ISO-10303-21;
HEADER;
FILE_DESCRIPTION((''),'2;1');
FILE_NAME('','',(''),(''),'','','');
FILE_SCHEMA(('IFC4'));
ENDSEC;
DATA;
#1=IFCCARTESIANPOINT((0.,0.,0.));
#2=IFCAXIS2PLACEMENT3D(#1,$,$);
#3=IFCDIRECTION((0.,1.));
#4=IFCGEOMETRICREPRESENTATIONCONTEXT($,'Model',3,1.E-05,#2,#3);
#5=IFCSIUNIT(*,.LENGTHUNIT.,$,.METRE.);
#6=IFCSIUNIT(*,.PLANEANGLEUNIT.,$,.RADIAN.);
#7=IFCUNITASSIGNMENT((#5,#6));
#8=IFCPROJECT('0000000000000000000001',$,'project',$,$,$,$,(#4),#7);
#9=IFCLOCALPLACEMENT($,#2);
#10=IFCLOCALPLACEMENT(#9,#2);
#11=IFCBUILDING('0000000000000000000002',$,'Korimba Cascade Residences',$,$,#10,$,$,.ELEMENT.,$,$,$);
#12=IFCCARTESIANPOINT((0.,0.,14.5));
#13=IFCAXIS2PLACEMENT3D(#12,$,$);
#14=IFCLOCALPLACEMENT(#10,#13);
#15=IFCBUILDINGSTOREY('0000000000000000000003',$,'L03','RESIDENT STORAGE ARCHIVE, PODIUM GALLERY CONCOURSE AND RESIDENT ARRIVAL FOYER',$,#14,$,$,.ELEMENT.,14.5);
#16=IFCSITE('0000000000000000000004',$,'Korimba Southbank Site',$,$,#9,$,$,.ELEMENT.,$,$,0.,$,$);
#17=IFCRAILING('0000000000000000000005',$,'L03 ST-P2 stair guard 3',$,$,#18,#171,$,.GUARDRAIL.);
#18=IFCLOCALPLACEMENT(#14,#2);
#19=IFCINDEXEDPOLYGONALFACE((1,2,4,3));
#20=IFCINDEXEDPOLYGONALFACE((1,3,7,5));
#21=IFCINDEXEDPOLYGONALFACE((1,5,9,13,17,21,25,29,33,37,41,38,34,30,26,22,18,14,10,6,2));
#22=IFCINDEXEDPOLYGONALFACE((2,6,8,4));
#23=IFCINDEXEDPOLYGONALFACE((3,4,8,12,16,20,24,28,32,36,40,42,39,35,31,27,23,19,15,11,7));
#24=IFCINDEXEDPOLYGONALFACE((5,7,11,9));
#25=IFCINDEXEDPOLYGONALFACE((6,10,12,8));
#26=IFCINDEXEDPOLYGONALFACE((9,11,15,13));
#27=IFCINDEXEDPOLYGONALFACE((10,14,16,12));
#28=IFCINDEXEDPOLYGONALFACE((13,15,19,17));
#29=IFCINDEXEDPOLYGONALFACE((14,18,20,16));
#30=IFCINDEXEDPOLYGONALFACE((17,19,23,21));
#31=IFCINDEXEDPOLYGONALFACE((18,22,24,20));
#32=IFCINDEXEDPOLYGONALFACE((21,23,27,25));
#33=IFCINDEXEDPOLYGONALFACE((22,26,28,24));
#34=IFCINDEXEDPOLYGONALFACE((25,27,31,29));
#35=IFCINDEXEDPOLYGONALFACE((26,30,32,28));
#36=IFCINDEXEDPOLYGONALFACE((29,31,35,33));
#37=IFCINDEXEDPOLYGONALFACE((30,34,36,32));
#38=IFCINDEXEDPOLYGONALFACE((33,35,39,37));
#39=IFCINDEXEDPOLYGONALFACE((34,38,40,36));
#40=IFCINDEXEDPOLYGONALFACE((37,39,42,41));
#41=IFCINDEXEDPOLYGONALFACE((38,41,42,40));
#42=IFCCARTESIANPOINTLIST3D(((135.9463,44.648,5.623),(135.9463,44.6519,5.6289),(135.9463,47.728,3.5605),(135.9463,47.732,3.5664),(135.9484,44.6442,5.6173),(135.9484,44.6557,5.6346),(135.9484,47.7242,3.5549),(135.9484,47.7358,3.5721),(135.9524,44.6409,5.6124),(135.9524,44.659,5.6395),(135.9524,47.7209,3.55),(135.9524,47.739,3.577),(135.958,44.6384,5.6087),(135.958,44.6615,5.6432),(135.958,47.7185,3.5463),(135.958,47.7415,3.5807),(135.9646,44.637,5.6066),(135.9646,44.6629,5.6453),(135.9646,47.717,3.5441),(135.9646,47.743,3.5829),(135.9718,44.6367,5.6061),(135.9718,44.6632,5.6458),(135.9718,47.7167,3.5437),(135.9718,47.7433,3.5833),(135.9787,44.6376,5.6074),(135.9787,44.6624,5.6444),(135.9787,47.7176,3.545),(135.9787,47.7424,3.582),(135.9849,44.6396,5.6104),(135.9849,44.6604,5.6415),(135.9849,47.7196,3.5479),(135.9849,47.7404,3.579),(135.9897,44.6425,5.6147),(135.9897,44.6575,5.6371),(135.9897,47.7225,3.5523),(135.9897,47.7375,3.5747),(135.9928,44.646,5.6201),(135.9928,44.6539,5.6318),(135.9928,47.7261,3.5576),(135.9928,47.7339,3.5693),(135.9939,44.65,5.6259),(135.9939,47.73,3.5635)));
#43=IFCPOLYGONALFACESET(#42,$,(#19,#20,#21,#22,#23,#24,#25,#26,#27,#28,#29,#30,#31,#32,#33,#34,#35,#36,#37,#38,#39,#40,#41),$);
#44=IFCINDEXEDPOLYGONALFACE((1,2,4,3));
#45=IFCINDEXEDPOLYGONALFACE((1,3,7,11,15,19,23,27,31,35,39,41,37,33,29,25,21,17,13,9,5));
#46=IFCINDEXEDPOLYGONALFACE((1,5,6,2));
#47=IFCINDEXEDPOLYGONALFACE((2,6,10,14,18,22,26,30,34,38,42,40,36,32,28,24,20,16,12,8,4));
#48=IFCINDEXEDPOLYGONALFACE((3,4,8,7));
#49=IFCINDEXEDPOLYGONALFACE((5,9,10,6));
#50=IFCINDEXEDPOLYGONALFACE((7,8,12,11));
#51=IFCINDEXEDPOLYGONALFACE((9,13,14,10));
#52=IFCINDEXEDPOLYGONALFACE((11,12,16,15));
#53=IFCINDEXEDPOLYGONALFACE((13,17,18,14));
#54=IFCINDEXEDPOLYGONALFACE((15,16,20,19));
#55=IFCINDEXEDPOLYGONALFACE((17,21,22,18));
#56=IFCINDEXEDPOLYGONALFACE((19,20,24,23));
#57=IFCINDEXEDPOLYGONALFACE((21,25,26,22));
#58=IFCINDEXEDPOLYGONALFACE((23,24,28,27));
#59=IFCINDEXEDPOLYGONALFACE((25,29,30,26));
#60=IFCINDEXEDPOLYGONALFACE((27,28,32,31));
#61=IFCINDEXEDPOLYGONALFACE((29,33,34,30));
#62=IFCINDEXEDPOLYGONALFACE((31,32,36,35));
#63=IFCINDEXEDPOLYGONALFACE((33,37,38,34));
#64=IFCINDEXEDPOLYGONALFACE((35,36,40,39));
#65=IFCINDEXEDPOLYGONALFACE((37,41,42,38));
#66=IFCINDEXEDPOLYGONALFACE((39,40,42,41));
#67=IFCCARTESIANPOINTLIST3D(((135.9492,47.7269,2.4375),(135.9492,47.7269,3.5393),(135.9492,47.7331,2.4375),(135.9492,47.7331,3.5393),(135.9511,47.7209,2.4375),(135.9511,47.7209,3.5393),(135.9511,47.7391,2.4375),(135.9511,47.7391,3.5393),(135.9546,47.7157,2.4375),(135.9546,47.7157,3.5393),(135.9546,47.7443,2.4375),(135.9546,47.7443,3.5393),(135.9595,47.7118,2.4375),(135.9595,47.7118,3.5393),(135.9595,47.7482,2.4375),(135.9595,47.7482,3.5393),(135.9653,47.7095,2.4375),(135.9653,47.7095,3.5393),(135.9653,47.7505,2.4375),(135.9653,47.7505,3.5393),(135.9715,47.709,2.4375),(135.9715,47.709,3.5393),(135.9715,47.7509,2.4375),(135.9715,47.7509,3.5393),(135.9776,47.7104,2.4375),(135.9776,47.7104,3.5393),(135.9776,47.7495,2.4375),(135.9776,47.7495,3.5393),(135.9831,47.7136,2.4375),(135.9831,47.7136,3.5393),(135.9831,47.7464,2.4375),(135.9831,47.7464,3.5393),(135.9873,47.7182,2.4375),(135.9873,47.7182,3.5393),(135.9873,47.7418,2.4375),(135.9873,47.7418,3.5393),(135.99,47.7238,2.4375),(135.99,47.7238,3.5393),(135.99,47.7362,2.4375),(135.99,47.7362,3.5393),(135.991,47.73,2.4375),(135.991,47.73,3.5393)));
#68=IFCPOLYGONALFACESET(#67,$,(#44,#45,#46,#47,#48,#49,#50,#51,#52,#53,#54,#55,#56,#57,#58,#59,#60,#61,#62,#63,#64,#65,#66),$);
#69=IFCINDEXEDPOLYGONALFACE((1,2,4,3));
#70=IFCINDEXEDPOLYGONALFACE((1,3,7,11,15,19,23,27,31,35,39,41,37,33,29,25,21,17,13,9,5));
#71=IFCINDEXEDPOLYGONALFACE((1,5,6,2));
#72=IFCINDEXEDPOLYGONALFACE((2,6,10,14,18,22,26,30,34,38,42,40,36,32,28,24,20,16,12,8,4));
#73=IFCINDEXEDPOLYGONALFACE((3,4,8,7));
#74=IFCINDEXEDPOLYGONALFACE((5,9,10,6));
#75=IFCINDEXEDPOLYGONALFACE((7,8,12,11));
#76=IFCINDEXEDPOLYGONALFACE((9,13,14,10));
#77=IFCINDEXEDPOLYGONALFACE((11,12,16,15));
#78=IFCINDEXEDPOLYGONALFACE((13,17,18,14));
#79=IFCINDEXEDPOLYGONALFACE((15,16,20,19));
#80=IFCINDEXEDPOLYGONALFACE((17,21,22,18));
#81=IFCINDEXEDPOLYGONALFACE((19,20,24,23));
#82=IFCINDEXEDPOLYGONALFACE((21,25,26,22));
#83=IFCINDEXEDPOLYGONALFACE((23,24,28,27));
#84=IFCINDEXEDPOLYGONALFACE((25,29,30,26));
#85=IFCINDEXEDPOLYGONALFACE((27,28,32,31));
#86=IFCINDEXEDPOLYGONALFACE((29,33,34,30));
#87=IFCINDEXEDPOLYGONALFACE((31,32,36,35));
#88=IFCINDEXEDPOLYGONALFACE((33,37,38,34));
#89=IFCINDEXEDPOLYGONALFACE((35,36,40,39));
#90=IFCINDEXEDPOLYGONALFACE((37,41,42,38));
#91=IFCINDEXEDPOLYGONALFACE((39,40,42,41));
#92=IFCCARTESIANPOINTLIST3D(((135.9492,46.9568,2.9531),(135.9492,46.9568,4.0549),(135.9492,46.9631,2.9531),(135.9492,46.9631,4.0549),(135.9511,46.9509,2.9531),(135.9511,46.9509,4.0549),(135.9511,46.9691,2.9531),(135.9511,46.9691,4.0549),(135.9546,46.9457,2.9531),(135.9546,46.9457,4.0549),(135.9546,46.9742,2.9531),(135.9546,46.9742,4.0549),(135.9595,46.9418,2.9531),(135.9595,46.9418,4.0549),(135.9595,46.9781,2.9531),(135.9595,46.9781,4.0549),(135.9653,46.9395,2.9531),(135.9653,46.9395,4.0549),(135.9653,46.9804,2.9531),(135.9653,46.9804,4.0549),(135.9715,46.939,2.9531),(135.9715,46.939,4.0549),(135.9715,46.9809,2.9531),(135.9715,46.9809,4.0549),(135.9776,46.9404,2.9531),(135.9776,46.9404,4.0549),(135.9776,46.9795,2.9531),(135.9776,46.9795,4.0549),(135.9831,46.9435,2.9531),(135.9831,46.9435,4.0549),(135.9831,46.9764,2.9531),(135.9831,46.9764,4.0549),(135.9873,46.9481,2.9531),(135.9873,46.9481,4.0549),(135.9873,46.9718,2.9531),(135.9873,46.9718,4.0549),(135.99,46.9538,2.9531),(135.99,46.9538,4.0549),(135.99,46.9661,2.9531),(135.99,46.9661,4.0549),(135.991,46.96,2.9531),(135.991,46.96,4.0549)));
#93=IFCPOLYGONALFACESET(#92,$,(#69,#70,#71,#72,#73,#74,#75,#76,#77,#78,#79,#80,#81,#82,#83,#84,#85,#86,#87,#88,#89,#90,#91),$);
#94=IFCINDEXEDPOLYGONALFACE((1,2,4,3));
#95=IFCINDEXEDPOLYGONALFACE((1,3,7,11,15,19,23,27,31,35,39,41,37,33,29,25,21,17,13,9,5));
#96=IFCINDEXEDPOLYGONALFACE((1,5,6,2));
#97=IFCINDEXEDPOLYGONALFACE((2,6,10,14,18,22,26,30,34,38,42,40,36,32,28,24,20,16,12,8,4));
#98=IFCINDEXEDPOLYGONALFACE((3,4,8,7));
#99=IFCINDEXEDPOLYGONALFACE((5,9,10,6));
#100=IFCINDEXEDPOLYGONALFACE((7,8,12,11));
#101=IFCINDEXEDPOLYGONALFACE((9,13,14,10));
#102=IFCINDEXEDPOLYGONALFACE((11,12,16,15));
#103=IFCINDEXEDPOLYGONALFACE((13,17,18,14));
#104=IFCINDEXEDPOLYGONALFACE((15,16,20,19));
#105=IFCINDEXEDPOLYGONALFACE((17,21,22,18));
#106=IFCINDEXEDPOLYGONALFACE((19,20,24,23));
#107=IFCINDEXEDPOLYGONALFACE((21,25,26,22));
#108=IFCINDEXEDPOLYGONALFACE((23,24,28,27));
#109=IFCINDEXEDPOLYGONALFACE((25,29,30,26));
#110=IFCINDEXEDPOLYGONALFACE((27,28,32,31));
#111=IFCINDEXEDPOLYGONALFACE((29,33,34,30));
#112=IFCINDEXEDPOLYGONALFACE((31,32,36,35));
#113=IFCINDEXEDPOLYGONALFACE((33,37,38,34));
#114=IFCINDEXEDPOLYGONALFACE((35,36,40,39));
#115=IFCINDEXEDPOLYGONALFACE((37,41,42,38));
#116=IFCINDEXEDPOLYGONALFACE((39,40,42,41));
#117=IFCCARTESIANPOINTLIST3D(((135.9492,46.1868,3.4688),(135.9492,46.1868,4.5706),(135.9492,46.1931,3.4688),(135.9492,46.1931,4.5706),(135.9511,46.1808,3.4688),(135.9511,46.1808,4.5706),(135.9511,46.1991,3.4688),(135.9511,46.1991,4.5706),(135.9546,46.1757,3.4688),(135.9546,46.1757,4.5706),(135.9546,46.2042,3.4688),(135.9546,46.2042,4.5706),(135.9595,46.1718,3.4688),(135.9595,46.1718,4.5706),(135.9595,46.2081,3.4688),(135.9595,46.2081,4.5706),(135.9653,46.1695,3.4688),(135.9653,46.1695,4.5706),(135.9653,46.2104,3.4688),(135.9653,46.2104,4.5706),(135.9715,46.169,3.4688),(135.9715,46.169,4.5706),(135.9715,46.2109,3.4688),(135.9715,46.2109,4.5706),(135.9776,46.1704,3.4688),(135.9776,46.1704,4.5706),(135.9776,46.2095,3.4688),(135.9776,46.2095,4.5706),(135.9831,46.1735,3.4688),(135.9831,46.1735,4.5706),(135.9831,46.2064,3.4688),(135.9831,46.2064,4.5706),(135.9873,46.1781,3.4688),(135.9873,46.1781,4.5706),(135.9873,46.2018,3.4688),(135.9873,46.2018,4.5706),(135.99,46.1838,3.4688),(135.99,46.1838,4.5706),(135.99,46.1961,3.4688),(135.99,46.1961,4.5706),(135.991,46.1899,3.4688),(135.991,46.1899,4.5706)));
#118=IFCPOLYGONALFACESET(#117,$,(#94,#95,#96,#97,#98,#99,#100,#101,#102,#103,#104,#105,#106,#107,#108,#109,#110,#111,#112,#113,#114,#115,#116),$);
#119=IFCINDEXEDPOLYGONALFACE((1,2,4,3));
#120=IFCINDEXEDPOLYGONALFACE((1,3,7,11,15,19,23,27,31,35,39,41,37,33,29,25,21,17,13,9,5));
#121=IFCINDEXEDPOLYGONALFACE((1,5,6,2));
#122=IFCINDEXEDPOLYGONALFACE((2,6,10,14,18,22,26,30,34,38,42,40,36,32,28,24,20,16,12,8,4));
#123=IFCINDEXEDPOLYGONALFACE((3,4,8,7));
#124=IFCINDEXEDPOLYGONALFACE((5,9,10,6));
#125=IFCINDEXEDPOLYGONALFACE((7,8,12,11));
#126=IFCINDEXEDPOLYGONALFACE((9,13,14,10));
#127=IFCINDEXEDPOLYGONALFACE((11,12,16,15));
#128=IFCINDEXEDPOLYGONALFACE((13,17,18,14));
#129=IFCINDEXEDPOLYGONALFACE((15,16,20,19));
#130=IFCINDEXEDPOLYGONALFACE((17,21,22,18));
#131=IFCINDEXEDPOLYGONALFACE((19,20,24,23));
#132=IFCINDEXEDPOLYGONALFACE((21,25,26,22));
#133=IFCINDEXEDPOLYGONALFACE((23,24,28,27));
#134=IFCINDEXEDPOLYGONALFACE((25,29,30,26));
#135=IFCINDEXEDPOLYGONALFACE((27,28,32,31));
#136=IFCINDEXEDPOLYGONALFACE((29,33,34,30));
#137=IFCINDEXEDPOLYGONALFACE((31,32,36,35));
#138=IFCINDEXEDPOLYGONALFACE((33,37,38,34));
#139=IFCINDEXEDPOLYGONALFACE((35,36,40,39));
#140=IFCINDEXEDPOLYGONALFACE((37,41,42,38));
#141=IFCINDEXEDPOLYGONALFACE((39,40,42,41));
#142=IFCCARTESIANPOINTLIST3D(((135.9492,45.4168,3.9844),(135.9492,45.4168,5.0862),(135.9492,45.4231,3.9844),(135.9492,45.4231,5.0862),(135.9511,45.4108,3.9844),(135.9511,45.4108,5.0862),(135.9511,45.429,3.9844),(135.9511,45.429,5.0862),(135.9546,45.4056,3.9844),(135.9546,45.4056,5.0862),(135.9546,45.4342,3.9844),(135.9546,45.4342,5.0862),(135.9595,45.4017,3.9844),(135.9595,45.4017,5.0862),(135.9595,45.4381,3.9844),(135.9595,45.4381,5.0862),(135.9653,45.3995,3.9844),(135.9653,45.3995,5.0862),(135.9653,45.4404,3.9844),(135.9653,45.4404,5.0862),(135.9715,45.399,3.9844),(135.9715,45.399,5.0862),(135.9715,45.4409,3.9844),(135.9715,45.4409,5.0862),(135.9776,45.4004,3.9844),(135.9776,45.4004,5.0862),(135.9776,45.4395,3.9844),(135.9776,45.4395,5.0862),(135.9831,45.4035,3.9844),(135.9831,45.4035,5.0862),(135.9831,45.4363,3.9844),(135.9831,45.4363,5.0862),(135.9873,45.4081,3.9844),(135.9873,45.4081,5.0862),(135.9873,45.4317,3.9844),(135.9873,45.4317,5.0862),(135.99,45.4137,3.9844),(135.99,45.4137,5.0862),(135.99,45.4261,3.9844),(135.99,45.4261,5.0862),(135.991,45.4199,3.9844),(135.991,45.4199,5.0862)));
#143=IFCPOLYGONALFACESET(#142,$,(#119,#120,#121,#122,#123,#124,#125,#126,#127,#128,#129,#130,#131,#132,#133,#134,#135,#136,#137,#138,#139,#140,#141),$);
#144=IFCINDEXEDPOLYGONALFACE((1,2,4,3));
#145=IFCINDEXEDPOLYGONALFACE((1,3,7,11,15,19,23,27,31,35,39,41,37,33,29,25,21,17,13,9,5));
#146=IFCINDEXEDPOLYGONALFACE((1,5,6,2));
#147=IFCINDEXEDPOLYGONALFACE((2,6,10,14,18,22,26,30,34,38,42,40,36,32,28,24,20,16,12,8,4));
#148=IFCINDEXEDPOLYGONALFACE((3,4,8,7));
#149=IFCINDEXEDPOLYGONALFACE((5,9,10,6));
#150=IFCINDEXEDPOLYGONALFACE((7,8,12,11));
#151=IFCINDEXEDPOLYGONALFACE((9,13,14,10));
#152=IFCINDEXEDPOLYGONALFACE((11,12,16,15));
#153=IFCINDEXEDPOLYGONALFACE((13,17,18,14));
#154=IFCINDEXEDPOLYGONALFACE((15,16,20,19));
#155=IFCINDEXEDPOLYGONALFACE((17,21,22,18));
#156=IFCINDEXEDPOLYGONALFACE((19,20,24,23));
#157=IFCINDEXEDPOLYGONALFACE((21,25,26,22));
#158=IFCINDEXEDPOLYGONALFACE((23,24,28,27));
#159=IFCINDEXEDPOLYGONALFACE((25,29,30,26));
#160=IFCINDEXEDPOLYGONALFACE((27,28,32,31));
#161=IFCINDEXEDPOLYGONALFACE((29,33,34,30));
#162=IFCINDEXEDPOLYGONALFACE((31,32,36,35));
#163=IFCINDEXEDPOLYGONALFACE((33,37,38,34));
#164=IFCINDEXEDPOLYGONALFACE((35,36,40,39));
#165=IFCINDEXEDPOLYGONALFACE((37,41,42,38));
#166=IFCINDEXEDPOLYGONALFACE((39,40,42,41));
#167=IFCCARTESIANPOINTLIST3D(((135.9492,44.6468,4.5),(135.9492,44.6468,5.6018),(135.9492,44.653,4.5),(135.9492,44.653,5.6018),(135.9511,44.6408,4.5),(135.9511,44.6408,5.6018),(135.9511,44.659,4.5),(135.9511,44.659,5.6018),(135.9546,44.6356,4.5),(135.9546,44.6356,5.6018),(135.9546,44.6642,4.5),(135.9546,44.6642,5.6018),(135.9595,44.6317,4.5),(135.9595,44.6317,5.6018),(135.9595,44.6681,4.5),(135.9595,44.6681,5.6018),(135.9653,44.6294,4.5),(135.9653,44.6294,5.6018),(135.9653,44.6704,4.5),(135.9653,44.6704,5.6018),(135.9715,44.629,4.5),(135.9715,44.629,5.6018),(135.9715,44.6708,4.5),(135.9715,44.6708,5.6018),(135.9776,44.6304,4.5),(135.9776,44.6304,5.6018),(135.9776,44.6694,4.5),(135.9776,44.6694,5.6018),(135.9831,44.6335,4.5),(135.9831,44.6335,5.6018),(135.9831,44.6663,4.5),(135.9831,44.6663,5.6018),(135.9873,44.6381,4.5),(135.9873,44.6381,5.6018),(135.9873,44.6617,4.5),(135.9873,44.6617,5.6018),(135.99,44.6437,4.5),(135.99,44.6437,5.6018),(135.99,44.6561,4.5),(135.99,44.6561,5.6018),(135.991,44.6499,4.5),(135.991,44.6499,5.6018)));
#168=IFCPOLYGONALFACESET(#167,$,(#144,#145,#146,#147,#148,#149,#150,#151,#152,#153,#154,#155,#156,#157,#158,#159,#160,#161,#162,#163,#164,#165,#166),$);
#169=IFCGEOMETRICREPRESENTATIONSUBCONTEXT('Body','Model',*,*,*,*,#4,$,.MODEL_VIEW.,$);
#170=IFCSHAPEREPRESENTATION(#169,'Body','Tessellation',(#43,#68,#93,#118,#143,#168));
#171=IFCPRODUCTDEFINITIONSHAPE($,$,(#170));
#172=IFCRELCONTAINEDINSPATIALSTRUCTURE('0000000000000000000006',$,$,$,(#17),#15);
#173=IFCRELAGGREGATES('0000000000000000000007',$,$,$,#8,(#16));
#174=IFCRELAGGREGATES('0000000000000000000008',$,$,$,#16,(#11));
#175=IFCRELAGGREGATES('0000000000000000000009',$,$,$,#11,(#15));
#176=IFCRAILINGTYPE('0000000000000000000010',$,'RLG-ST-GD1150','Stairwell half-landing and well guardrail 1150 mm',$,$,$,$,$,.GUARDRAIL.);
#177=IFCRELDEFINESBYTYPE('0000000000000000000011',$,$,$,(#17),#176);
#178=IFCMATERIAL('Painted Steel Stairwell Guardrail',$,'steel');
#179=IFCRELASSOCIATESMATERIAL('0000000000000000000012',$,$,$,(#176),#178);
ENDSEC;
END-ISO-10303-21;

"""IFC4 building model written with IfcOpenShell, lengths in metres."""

from ifc_helpers import new_model, si_unit, direction, frame, origin, origin_2d, place, context, subcontext, project, spatial, circle, extrude, material, type_object, element, save


model = new_model("IFC4")

# Units and contexts
model_context = context("Model", 3, precision=1e-05, world=origin(), true_north=direction((0.0, 1.0)))
body_context = subcontext(model_context, "Body", "Model", "MODEL_VIEW")
ifc_project = project(units=[si_unit("LENGTHUNIT", "METRE"), si_unit("PLANEANGLEUNIT", "RADIAN")], contexts=[model_context])

# Site, building, storey
site_placement = place(None, origin())
site = spatial("IfcSite", under=ifc_project, at=site_placement, Name="Korimba Southbank Site", CompositionType="ELEMENT", RefElevation=0.0)
building_placement = place(site_placement, origin())
building = spatial("IfcBuilding", under=site, at=building_placement, Name="Korimba Cascade Residences", CompositionType="ELEMENT")
storey_placement = place(building_placement, frame((0.0, 0.0, 14.5)))
storey = spatial("IfcBuildingStorey", under=building, at=storey_placement, Name="L03", Description="RESIDENT STORAGE ARCHIVE, PODIUM GALLERY CONCOURSE AND RESIDENT ARRIVAL FOYER", CompositionType="ELEMENT", Elevation=14.5)

# Railing
ifc_material_1 = material(Name="Painted Steel Stairwell Guardrail", Category="steel")
railing_type_1 = type_object("IfcRailingType", Name="RLG-ST-GD1150", Description="Stairwell half-landing and well guardrail 1150 mm", PredefinedType="GUARDRAIL", material=ifc_material_1)
railing_1_placement = place(storey_placement, frame((135.97, 47.73, 2.4375)))
element("IfcRailing", 1, at=railing_1_placement, inside=storey, type_object=railing_type_1, Name="L03 ST-P2 stair guard 3", PredefinedType="GUARDRAIL", context=body_context, shape_type="SweptSolid", body=[
    extrude(circle(Radius=0.0239, at=origin_2d()), frame((0.0, 0.0, 1.126), z_axis=(0.0, -0.830914, 0.556401), x_axis=(1.0, 0.0, 0.0)), (0.0, 0.0, 1.0), 3.7068),
    extrude(circle(Radius=0.021, at=origin_2d()), origin(), (0.0, 0.0, 1.0), 1.1018),
    extrude(circle(Radius=0.021, at=origin_2d()), frame((0.0, -0.77, 0.5156)), (0.0, 0.0, 1.0), 1.1018),
    extrude(circle(Radius=0.021, at=origin_2d()), frame((0.0, -1.54, 1.0312)), (0.0, 0.0, 1.0), 1.1018),
    extrude(circle(Radius=0.021, at=origin_2d()), frame((0.0, -2.3101, 1.5469)), (0.0, 0.0, 1.0), 1.1018),
    extrude(circle(Radius=0.021, at=origin_2d()), frame((0.0, -3.0801, 2.0625)), (0.0, 0.0, 1.0), 1.1018),
])

save(model, "model.ifc")
